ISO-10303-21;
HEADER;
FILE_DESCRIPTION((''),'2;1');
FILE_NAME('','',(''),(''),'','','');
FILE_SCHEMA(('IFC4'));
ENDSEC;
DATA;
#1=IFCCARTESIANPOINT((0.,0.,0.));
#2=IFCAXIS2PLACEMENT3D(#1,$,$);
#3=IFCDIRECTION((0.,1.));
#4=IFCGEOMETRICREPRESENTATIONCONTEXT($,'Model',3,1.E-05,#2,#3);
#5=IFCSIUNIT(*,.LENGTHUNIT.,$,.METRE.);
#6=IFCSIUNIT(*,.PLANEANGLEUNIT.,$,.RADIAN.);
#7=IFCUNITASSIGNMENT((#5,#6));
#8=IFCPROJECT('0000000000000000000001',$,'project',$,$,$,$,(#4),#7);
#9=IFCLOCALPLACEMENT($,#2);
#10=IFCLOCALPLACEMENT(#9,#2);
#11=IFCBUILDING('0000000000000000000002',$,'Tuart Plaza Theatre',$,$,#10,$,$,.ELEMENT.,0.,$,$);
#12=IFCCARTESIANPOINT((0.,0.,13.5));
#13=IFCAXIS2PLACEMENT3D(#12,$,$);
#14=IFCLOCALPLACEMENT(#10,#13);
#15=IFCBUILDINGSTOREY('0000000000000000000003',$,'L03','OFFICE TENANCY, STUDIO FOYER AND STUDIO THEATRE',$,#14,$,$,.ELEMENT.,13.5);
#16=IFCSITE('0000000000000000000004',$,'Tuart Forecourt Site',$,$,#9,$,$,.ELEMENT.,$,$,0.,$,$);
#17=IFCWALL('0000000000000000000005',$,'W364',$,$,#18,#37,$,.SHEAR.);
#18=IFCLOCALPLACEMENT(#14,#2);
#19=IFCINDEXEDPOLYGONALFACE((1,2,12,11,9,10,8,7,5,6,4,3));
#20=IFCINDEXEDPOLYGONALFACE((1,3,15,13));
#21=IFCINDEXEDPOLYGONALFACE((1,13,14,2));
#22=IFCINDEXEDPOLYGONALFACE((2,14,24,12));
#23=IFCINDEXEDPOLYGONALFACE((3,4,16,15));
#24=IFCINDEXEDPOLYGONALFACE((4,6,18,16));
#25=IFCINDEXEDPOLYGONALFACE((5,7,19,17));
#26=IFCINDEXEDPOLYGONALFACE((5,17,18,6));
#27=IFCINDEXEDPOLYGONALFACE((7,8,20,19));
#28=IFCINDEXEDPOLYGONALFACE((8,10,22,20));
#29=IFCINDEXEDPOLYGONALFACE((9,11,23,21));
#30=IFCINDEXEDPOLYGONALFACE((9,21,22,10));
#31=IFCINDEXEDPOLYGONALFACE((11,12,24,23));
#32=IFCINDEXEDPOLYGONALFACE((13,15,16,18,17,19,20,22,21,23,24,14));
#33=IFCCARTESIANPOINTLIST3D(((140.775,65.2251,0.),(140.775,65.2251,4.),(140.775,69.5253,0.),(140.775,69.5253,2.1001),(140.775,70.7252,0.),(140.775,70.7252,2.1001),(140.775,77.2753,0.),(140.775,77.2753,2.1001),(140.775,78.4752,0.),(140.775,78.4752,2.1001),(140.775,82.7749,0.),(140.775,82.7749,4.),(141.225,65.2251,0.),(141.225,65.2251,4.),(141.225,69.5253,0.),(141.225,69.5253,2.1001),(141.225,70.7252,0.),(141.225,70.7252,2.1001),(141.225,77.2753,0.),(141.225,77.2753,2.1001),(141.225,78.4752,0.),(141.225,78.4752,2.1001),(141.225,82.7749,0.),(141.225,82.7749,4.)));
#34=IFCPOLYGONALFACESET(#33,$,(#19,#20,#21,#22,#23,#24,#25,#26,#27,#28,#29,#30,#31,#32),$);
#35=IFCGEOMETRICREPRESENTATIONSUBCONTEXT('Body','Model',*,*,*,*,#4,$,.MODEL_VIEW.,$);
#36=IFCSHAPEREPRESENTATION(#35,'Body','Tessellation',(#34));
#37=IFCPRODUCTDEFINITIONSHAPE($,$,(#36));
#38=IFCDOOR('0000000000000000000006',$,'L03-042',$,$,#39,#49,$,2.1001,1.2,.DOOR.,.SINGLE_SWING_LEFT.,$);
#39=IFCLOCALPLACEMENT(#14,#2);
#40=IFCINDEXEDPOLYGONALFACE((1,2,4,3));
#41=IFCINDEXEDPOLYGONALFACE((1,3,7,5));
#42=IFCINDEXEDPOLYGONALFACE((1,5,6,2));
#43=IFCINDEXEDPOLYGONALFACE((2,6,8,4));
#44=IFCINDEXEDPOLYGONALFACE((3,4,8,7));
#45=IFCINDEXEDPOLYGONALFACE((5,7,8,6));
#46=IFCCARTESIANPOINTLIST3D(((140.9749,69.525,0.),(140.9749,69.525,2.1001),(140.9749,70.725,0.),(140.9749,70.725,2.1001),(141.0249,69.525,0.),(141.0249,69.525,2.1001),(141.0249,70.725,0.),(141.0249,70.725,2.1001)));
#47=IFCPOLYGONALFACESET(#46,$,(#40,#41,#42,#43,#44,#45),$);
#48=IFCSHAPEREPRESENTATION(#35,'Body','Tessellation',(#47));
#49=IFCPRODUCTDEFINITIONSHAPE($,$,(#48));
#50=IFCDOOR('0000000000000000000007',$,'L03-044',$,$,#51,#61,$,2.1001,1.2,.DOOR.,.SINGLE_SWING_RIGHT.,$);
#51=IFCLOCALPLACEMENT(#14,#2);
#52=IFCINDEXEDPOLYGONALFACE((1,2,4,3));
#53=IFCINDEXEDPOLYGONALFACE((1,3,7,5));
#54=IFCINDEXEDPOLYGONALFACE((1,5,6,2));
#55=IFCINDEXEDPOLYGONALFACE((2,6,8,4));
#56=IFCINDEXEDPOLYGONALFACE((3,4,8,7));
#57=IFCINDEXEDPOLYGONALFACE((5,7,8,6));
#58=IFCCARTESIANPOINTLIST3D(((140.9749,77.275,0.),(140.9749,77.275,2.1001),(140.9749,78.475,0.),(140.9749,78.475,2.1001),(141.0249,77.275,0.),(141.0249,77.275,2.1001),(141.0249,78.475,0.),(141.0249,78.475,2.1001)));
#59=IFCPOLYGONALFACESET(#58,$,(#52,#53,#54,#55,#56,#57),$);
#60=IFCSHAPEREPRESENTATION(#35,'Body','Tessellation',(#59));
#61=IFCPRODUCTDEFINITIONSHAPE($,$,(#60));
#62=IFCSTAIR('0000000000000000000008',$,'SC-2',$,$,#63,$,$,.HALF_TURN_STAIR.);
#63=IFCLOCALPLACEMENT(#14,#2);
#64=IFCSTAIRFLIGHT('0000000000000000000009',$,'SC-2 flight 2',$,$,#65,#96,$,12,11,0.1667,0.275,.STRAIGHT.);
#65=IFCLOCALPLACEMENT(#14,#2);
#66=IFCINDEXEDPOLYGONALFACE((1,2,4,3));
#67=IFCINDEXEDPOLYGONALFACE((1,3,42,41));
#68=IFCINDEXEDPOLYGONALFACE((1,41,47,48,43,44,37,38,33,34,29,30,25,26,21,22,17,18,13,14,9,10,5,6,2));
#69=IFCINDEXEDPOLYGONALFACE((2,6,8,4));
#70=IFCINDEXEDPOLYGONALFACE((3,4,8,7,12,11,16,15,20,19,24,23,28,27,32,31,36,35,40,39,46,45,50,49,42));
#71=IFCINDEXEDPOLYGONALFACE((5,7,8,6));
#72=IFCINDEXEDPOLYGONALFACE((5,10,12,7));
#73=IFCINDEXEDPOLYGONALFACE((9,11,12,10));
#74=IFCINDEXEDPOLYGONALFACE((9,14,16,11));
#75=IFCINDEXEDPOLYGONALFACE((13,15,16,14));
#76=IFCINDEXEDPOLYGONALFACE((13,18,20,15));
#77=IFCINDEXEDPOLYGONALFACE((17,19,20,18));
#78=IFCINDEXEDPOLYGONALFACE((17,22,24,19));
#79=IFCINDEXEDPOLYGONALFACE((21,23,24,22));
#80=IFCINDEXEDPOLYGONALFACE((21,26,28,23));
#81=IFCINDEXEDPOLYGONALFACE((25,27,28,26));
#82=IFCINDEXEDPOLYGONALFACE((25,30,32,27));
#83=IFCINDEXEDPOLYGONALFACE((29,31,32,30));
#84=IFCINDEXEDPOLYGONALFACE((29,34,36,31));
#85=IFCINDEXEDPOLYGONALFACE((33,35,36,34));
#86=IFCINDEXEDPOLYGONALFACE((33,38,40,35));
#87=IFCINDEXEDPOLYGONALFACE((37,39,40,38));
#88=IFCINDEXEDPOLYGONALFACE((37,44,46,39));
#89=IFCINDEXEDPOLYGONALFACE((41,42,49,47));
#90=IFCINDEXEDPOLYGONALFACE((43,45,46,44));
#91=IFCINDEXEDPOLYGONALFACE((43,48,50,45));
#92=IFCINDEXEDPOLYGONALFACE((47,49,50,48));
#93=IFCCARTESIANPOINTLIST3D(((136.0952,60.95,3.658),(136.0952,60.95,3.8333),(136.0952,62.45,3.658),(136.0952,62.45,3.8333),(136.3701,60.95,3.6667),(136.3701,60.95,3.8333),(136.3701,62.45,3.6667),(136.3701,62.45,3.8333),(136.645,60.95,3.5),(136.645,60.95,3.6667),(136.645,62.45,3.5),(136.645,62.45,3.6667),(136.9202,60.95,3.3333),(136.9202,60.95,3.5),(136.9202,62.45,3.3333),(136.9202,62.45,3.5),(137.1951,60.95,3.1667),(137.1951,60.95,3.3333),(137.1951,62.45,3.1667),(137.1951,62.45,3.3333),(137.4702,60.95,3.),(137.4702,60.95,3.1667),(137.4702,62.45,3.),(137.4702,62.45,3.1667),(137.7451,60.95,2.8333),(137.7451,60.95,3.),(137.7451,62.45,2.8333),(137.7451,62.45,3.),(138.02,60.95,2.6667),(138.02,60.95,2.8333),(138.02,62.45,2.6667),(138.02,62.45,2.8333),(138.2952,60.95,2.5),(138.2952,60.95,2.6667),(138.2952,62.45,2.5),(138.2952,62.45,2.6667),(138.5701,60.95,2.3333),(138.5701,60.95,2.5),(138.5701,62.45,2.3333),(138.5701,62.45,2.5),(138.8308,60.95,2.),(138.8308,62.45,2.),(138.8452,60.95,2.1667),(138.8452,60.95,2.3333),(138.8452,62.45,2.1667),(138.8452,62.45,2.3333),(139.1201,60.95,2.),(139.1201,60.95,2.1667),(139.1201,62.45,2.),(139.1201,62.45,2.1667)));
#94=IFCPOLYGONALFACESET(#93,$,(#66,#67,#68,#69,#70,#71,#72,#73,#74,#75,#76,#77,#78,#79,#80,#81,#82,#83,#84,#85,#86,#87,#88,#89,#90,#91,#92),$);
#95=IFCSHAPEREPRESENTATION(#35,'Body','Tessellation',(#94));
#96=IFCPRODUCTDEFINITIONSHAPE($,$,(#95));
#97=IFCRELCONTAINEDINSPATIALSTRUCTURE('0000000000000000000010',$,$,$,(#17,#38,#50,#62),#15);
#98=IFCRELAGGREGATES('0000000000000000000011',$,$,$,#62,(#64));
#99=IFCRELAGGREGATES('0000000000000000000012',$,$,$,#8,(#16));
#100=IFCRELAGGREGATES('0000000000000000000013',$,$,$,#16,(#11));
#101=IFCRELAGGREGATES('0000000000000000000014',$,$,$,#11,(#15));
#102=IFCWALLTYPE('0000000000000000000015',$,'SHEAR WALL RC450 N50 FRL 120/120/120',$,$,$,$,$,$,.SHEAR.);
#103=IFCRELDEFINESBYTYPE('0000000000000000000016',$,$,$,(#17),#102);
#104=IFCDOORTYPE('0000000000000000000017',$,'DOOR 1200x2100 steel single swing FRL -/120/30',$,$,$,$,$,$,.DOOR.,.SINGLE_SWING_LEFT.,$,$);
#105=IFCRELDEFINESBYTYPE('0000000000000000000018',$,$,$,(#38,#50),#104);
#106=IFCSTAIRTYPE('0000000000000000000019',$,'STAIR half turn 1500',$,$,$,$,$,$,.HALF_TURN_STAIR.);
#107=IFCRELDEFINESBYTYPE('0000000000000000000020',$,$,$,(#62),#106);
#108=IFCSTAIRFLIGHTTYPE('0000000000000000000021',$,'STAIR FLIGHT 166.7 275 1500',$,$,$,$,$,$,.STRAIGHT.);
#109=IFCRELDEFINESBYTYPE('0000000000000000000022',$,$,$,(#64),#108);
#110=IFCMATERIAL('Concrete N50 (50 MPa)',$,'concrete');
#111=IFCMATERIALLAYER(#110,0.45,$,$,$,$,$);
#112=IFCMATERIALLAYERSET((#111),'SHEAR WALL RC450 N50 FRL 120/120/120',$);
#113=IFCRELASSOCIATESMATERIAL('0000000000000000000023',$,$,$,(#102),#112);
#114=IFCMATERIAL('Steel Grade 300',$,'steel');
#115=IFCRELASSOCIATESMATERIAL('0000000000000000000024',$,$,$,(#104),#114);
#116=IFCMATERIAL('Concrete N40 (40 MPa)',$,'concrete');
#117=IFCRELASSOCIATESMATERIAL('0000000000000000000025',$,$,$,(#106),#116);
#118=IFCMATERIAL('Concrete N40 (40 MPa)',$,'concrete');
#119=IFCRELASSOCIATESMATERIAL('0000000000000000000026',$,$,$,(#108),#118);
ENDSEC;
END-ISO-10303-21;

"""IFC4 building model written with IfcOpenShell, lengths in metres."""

from ifc_helpers import new_model, si_unit, direction, frame, frame_2d, origin, place, context, subcontext, project, spatial, polyline, rectangle, outline, extrude, material, layer, layer_set, type_object, element, fill, aggregate, save


model = new_model("IFC4")

# Units and contexts
model_context = context("Model", 3, precision=1e-05, world=origin(), true_north=direction((0.0, 1.0)))
body_context = subcontext(model_context, "Body", "Model", "MODEL_VIEW")
ifc_project = project(units=[si_unit("LENGTHUNIT", "METRE"), si_unit("PLANEANGLEUNIT", "RADIAN")], contexts=[model_context])

# Site, building, storey
site_placement = place(None, origin())
site = spatial("IfcSite", under=ifc_project, at=site_placement, Name="Tuart Forecourt Site", CompositionType="ELEMENT", RefElevation=0.0)
building_placement = place(site_placement, origin())
building = spatial("IfcBuilding", under=site, at=building_placement, Name="Tuart Plaza Theatre", CompositionType="ELEMENT", ElevationOfRefHeight=0.0)
storey_placement = place(building_placement, frame((0.0, 0.0, 13.5)))
storey = spatial("IfcBuildingStorey", under=building, at=storey_placement, Name="L03", Description="OFFICE TENANCY, STUDIO FOYER AND STUDIO THEATRE", CompositionType="ELEMENT", Elevation=13.5)

# Wall, openings, doors
ifc_material_1 = material(Name="Concrete N50 (50 MPa)", Category="concrete")
ifc_layer_1 = layer(ifc_material_1, 0.45)
ifc_layer_set_1 = layer_set([ifc_layer_1], Name="SHEAR WALL RC450 N50 FRL 120/120/120")
wall_type_1 = type_object("IfcWallType", Name="SHEAR WALL RC450 N50 FRL 120/120/120", PredefinedType="SHEAR", material=ifc_layer_set_1)
wall_1_placement = place(storey_placement, frame((141.0, 65.2251, 0.0), z_axis=(0.0, 0.0, 1.0), x_axis=(0.0, 1.0, 0.0)))
wall_1 = element("IfcWall", 1, at=wall_1_placement, inside=storey, type_object=wall_type_1, Name="W364", PredefinedType="SHEAR", context=body_context, shape_type="SweptSolid", body=[
    extrude(rectangle(XDim=17.5498, YDim=0.45, at=frame_2d((8.7749, 0.0))), origin(), (0.0, 0.0, 1.0), 4.0),
])
opening_1_placement = place(wall_1_placement, frame((4.3, 0.0, 0.0)))
opening_1 = element("IfcOpeningElement", 2, at=opening_1_placement, cuts=wall_1, PredefinedType="OPENING", context=body_context, shape_type="SweptSolid", body=[
    extrude(rectangle(XDim=1.2, YDim=2.1001, at=frame_2d((0.6001, 1.05))), frame((0.0, 0.2349, 0.0), z_axis=(0.0, -1.0, 0.0), x_axis=(1.0, 0.0, 0.0)), (0.0, 0.0, 1.0), 0.47),
])
opening_2_placement = place(wall_1_placement, frame((12.05, 0.0, 0.0)))
opening_2 = element("IfcOpeningElement", 3, at=opening_2_placement, cuts=wall_1, PredefinedType="OPENING", context=body_context, shape_type="SweptSolid", body=[
    extrude(rectangle(XDim=1.2, YDim=2.1001, at=frame_2d((0.6001, 1.05))), frame((0.0, 0.2349, 0.0), z_axis=(0.0, -1.0, 0.0), x_axis=(1.0, 0.0, 0.0)), (0.0, 0.0, 1.0), 0.47),
])
ifc_material_2 = material(Name="Steel Grade 300", Category="steel")
door_type_1 = type_object("IfcDoorType", Name="DOOR 1200x2100 steel single swing FRL -/120/30", OperationType="SINGLE_SWING_LEFT", PredefinedType="DOOR", material=ifc_material_2)
door_1_placement = place(opening_1_placement, frame((1.2, 0.0, 0.0), z_axis=(0.0, 0.0, 1.0), x_axis=(-1.0, 0.0, 0.0)))
door_1 = element("IfcDoor", 4, at=door_1_placement, inside=storey, type_object=door_type_1, Name="L03-042", OperationType="SINGLE_SWING_LEFT", OverallHeight=2.1001, OverallWidth=1.2, PredefinedType="DOOR", context=body_context, shape_type="SweptSolid", body=[
    extrude(rectangle(XDim=1.2, YDim=2.1001, at=frame_2d((0.6001, 1.05))), frame((0.0, 0.0249, 0.0), z_axis=(0.0, -1.0, 0.0), x_axis=(1.0, 0.0, 0.0)), (0.0, 0.0, 1.0), 0.05),
])
fill(opening_1, door_1)
door_2_placement = place(opening_2_placement, frame((1.2, 0.0, 0.0), z_axis=(0.0, 0.0, 1.0), x_axis=(-1.0, 0.0, 0.0)))
door_2 = element("IfcDoor", 5, at=door_2_placement, inside=storey, type_object=door_type_1, Name="L03-044", OperationType="SINGLE_SWING_RIGHT", OverallHeight=2.1001, OverallWidth=1.2, PredefinedType="DOOR", context=body_context, shape_type="SweptSolid", body=[
    extrude(rectangle(XDim=1.2, YDim=2.1001, at=frame_2d((0.6001, 1.05))), frame((0.0, 0.0249, 0.0), z_axis=(0.0, -1.0, 0.0), x_axis=(1.0, 0.0, 0.0)), (0.0, 0.0, 1.0), 0.05),
])
fill(opening_2, door_2)

# Stair, stair flight
ifc_material_3 = material(Name="Concrete N40 (40 MPa)", Category="concrete")
stair_type = type_object("IfcStairType", Name="STAIR half turn 1500", PredefinedType="HALF_TURN_STAIR", material=ifc_material_3)
stair_placement = place(storey_placement, origin())
stair = element("IfcStair", 6, at=stair_placement, inside=storey, type_object=stair_type, Name="SC-2", PredefinedType="HALF_TURN_STAIR")
ifc_material_4 = material(Name="Concrete N40 (40 MPa)", Category="concrete")
stair_flight_type = type_object("IfcStairFlightType", Name="STAIR FLIGHT 166.7 275 1500", PredefinedType="STRAIGHT", material=ifc_material_4)
stair_flight_placement = place(storey_placement, frame((139.1201, 61.7, 2.0), z_axis=(0.0, 0.0, 1.0), x_axis=(-1.0, 0.0, 0.0)))
stair_flight = element("IfcStairFlight", 7, at=stair_flight_placement, type_object=stair_flight_type, Name="SC-2 flight 2", NumberOfRisers=12, NumberOfTreads=11, PredefinedType="STRAIGHT", RiserHeight=0.1667, TreadLength=0.275, context=body_context, shape_type="SweptSolid", body=[
    extrude(outline(polyline([(0.0, 0.0), (0.0, 0.1667), (0.2749, 0.1667), (0.2749, 0.3333), (0.55, 0.3333), (0.55, 0.5), (0.825, 0.5), (0.825, 0.6667), (1.1001, 0.6667), (1.1001, 0.8333), (1.375, 0.8333), (1.375, 1.0), (1.6499, 1.0), (1.6499, 1.1667), (1.925, 1.1667), (1.925, 1.3333), (2.2, 1.3333), (2.2, 1.5), (2.4751, 1.5), (2.4751, 1.6667), (2.75, 1.6667), (2.75, 1.8333), (3.0249, 1.8333), (3.0249, 2.0), (3.0249, 1.658), (0.2893, 0.0), (0.0, 0.0)])), frame((0.0, 0.75, 0.0), z_axis=(0.0, -1.0, 0.0), x_axis=(1.0, 0.0, 0.0)), (0.0, 0.0, 1.0), 1.5),
])
aggregate(stair, [stair_flight])

save(model, "model.ifc")
